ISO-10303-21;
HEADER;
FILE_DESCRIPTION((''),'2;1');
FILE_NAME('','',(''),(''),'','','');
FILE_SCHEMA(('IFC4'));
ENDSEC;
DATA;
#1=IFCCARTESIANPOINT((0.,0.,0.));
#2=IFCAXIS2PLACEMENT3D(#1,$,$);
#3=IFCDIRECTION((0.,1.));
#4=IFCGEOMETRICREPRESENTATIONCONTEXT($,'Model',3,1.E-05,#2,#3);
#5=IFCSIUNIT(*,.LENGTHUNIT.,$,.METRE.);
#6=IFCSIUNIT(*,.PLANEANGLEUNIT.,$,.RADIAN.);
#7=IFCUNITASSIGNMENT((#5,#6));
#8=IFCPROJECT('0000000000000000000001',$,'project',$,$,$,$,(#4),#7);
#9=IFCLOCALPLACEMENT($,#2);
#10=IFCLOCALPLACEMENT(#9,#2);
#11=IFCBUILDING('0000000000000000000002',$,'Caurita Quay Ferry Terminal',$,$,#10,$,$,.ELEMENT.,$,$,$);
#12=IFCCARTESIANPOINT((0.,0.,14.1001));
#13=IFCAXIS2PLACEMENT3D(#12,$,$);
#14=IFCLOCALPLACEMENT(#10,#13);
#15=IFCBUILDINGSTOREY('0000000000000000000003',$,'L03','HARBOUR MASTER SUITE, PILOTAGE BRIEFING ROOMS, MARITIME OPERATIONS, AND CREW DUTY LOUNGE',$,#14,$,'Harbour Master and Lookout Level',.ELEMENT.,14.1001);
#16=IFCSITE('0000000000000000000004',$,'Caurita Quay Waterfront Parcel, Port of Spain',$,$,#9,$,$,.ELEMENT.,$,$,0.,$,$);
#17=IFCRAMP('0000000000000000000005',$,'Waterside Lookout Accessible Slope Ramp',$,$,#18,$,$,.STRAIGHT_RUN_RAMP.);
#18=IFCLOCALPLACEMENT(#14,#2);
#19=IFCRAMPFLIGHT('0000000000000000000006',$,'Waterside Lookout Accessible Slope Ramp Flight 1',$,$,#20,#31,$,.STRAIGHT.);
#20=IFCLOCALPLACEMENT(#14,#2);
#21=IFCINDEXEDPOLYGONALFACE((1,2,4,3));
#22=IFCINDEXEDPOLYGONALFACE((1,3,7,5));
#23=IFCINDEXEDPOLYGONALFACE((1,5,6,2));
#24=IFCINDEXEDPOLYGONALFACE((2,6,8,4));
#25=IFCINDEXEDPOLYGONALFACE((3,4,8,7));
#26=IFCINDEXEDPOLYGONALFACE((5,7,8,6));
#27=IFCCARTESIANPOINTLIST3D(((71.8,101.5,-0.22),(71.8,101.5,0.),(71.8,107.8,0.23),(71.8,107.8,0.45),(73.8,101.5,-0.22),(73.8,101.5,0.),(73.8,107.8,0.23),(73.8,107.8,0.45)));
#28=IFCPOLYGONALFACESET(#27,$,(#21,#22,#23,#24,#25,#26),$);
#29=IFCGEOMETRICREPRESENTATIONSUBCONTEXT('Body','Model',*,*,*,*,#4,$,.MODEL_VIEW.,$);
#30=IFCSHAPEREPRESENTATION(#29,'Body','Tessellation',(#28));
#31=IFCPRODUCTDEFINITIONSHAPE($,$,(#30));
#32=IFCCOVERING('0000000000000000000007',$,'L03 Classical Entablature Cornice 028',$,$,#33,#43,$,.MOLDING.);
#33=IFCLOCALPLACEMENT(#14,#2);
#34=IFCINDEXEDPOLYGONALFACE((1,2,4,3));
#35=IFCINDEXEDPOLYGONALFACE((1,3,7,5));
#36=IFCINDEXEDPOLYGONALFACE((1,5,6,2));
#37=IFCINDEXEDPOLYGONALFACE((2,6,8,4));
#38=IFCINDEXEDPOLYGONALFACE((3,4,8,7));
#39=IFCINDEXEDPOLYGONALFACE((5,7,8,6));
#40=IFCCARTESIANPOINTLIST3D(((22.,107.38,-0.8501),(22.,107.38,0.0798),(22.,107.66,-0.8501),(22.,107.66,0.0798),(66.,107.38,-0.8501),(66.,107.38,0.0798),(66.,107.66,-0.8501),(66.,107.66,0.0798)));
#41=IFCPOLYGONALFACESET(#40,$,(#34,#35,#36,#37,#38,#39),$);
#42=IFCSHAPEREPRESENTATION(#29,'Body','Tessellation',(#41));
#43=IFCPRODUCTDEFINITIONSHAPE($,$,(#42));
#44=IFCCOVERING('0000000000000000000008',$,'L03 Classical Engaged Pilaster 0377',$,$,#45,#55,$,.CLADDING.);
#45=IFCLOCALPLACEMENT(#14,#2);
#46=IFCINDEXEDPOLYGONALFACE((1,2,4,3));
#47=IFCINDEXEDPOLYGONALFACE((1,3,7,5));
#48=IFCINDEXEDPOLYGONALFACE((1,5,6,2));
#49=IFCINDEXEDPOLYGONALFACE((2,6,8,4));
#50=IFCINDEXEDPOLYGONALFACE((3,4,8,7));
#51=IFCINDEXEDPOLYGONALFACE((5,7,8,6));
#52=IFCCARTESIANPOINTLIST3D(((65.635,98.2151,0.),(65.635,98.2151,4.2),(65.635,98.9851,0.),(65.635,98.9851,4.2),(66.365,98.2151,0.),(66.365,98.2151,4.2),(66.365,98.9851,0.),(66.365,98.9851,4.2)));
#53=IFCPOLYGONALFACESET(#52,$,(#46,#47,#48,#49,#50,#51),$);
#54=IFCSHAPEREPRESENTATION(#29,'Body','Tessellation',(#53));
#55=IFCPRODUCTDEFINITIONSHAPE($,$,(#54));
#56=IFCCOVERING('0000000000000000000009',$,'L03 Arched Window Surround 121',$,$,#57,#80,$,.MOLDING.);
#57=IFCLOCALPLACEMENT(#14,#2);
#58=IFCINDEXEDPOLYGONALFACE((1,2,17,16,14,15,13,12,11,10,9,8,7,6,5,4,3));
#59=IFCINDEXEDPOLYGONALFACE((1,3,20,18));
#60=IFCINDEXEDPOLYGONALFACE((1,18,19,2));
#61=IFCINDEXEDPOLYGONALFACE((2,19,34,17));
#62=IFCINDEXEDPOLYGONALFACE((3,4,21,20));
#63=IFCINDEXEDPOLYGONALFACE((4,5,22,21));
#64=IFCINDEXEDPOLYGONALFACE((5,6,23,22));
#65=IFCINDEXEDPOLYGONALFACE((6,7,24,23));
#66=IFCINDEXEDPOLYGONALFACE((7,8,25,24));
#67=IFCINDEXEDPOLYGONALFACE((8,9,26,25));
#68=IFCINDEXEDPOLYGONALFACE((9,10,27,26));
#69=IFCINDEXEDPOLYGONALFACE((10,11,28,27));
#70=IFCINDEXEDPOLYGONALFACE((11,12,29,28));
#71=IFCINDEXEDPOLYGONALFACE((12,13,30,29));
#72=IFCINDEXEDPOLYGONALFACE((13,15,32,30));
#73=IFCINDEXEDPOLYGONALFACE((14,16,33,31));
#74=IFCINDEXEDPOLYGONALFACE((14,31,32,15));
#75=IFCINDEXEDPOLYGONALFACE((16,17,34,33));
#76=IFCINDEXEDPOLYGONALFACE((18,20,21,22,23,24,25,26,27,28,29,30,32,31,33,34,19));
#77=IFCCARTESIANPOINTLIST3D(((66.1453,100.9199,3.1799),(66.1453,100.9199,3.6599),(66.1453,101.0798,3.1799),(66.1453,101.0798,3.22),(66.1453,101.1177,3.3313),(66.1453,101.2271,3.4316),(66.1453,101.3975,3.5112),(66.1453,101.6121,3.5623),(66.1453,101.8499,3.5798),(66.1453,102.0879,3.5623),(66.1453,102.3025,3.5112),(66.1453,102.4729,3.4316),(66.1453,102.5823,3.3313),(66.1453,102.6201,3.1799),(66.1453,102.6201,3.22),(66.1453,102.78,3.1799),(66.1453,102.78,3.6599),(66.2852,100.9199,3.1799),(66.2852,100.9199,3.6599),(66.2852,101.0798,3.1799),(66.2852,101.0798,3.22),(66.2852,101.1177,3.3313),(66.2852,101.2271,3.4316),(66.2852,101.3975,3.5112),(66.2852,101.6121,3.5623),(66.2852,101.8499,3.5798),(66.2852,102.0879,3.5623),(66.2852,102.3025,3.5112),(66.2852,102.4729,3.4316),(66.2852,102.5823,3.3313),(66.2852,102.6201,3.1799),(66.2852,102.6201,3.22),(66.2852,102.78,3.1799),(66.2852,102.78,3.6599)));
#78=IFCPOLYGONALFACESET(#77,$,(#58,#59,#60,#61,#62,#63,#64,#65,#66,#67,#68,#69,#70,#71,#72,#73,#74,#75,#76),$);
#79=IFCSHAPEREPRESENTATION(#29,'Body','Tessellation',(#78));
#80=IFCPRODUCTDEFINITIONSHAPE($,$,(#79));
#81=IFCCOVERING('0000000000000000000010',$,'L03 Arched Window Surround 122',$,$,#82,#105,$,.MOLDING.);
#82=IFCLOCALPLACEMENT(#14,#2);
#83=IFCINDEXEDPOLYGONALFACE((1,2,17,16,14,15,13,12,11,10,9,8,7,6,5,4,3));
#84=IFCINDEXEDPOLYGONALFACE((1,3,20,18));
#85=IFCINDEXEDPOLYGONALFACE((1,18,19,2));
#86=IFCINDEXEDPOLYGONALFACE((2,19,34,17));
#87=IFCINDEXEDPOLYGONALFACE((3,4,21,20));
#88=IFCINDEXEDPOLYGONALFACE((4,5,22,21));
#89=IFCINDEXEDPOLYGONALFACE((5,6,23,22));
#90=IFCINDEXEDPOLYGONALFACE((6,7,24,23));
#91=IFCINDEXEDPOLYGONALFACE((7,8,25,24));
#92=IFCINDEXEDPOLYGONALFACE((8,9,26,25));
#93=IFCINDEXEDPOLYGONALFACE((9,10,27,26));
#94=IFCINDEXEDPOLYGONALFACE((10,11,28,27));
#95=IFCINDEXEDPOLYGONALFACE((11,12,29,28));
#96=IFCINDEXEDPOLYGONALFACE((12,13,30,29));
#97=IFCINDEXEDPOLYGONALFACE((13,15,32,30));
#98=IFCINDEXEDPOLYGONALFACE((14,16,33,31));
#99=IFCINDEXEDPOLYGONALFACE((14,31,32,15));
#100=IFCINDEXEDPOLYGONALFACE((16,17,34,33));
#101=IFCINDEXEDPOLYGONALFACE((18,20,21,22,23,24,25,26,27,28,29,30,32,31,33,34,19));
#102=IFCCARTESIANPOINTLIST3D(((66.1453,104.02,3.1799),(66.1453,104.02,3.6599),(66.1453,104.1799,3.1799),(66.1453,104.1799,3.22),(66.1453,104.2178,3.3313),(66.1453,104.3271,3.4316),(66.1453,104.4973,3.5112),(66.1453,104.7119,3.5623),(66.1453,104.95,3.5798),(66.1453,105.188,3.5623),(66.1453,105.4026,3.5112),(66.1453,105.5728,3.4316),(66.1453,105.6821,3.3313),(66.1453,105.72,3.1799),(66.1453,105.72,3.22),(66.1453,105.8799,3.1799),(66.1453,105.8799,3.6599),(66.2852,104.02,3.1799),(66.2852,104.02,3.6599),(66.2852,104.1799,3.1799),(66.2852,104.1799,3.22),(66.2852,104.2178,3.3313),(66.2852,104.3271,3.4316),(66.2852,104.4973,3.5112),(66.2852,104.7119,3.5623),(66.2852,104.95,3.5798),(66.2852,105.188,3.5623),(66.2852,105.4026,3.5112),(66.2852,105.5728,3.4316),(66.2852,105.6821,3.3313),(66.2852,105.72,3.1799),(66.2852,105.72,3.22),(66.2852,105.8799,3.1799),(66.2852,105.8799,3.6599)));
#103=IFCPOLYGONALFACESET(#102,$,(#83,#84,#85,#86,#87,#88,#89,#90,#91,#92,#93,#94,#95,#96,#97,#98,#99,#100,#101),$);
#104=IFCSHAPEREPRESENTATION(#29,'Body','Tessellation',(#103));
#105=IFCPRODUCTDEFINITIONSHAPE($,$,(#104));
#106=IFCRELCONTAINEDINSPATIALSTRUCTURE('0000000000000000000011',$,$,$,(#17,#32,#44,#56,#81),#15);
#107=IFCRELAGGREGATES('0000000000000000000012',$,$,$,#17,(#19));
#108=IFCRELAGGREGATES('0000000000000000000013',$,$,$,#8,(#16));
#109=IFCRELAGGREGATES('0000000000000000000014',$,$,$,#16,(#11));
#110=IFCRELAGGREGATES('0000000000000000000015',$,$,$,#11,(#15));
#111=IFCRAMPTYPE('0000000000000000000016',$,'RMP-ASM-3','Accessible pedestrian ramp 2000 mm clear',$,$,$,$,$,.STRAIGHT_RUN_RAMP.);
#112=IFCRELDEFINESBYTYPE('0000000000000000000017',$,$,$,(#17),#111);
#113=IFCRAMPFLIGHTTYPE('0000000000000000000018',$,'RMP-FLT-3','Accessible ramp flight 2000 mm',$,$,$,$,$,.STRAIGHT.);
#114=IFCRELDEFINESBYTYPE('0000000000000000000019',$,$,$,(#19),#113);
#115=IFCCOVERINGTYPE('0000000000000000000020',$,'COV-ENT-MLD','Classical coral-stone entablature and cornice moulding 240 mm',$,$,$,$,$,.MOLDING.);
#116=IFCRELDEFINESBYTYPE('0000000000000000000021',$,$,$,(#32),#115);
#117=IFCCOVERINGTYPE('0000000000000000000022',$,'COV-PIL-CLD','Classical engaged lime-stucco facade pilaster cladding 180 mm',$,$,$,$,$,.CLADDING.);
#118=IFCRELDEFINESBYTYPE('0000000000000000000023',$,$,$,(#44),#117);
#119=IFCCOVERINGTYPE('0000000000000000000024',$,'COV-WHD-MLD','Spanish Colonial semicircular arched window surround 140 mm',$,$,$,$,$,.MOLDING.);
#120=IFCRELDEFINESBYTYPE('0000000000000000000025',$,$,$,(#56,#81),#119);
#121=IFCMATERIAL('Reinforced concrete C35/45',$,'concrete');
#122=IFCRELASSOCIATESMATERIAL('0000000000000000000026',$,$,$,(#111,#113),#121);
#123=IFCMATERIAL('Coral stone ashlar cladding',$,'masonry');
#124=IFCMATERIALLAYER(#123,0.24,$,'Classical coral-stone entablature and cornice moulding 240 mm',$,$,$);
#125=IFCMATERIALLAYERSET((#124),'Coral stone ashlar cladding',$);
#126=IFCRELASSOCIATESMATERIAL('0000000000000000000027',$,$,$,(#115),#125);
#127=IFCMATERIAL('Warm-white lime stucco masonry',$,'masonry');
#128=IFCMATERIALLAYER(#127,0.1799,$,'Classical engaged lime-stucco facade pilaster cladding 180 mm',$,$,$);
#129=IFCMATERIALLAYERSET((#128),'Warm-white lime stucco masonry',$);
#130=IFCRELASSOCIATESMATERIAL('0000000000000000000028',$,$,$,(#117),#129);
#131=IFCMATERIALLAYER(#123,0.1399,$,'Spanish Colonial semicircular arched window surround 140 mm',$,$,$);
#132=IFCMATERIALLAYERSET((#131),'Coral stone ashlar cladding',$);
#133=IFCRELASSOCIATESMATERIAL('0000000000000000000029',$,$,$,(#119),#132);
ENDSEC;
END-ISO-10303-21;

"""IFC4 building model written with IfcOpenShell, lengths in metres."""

from ifc_helpers import new_model, si_unit, direction, frame, frame_2d, origin, origin_2d, place, context, subcontext, project, spatial, polyline, rectangle, outline, extrude, material, layer, layer_set, type_object, element, aggregate, save


model = new_model("IFC4")

# Units and contexts
model_context = context("Model", 3, precision=1e-05, world=origin(), true_north=direction((0.0, 1.0)))
body_context = subcontext(model_context, "Body", "Model", "MODEL_VIEW")
ifc_project = project(units=[si_unit("LENGTHUNIT", "METRE"), si_unit("PLANEANGLEUNIT", "RADIAN")], contexts=[model_context])

# Site, building, storey
site_placement = place(None, origin())
site = spatial("IfcSite", under=ifc_project, at=site_placement, Name="Caurita Quay Waterfront Parcel, Port of Spain", CompositionType="ELEMENT", RefElevation=0.0)
building_placement = place(site_placement, origin())
building = spatial("IfcBuilding", under=site, at=building_placement, Name="Caurita Quay Ferry Terminal", CompositionType="ELEMENT")
storey_placement = place(building_placement, frame((0.0, 0.0, 14.1001)))
storey = spatial("IfcBuildingStorey", under=building, at=storey_placement, Name="L03", Description="HARBOUR MASTER SUITE, PILOTAGE BRIEFING ROOMS, MARITIME OPERATIONS, AND CREW DUTY LOUNGE", LongName="Harbour Master and Lookout Level", CompositionType="ELEMENT", Elevation=14.1001)

# Shared definitions
ifc_material_1 = material(Name="Reinforced concrete C35/45", Category="concrete")

# Shared definitions
ifc_material_2 = material(Name="Warm-white lime stucco masonry", Category="masonry")

# Ramp, ramp flight
ramp_type = type_object("IfcRampType", Name="RMP-ASM-3", Description="Accessible pedestrian ramp 2000 mm clear", PredefinedType="STRAIGHT_RUN_RAMP", material=ifc_material_1)
ramp_placement = place(storey_placement, origin())
ramp = element("IfcRamp", 1, at=ramp_placement, inside=storey, type_object=ramp_type, Name="Waterside Lookout Accessible Slope Ramp", PredefinedType="STRAIGHT_RUN_RAMP")
ramp_flight_type = type_object("IfcRampFlightType", Name="RMP-FLT-3", Description="Accessible ramp flight 2000 mm", PredefinedType="STRAIGHT", material=ifc_material_1)
ramp_flight_placement = place(storey_placement, frame((72.8, 101.5, 0.0), z_axis=(0.0, 0.0, 1.0), x_axis=(0.0, 1.0, 0.0)))
ramp_flight = element("IfcRampFlight", 2, at=ramp_flight_placement, type_object=ramp_flight_type, Name="Waterside Lookout Accessible Slope Ramp Flight 1", PredefinedType="STRAIGHT", context=body_context, shape_type="SweptSolid", body=[
    extrude(outline(polyline([(0.0, 0.0), (0.0, -0.22), (6.3, 0.23), (6.3, 0.45), (0.0, 0.0)])), frame((0.0, 1.0, 0.0), z_axis=(0.0, -1.0, 0.0), x_axis=(1.0, 0.0, 0.0)), (0.0, 0.0, 1.0), 2.0),
])
aggregate(ramp, [ramp_flight])

# Coverings
ifc_material_3 = material(Name="Coral stone ashlar cladding", Category="masonry")
ifc_layer_1 = layer(ifc_material_3, 0.24, Name="Classical coral-stone entablature and cornice moulding 240 mm")
ifc_layer_set_1 = layer_set([ifc_layer_1], Name="Coral stone ashlar cladding")
covering_type_1 = type_object("IfcCoveringType", Name="COV-ENT-MLD", Description="Classical coral-stone entablature and cornice moulding 240 mm", PredefinedType="MOLDING", material=ifc_layer_set_1)
covering_1_placement = place(storey_placement, frame((66.0, 107.52, -0.8501), z_axis=(0.0, 0.0, 1.0), x_axis=(-1.0, 0.0, 0.0)))
element("IfcCovering", 3, at=covering_1_placement, inside=storey, type_object=covering_type_1, Name="L03 Classical Entablature Cornice 028", PredefinedType="MOLDING", context=body_context, shape_type="SweptSolid", body=[
    extrude(rectangle(XDim=44.0, YDim=0.28, at=frame_2d((22.0, 0.0))), origin(), (0.0, 0.0, 1.0), 0.9299),
])
ifc_layer_2 = layer(ifc_material_2, 0.1799, Name="Classical engaged lime-stucco facade pilaster cladding 180 mm")
ifc_layer_set_2 = layer_set([ifc_layer_2], Name="Warm-white lime stucco masonry")
covering_type_2 = type_object("IfcCoveringType", Name="COV-PIL-CLD", Description="Classical engaged lime-stucco facade pilaster cladding 180 mm", PredefinedType="CLADDING", material=ifc_layer_set_2)
covering_2_placement = place(storey_placement, frame((66.0, 98.6001, 0.0), z_axis=(0.0, 0.0, 1.0), x_axis=(1.0, 0.0, 0.0)))
element("IfcCovering", 4, at=covering_2_placement, inside=storey, type_object=covering_type_2, Name="L03 Classical Engaged Pilaster 0377", PredefinedType="CLADDING", context=body_context, shape_type="SweptSolid", body=[
    extrude(rectangle(XDim=0.73, YDim=0.77, at=origin_2d()), origin(), (0.0, 0.0, 1.0), 4.2),
])
ifc_layer_3 = layer(ifc_material_3, 0.1399, Name="Spanish Colonial semicircular arched window surround 140 mm")
ifc_layer_set_3 = layer_set([ifc_layer_3], Name="Coral stone ashlar cladding")
covering_type_3 = type_object("IfcCoveringType", Name="COV-WHD-MLD", Description="Spanish Colonial semicircular arched window surround 140 mm", PredefinedType="MOLDING", material=ifc_layer_set_3)
covering_3_placement = place(storey_placement, frame((66.2151, 100.9199, 3.1799), z_axis=(0.0, 0.0, 1.0), x_axis=(0.0, 1.0, 0.0)))
element("IfcCovering", 5, at=covering_3_placement, inside=storey, type_object=covering_type_3, Name="L03 Arched Window Surround 121", PredefinedType="MOLDING", context=body_context, shape_type="SweptSolid", body=[
    extrude(outline(polyline([(0.0, 0.0), (0.1599, 0.0), (0.1599, 0.04), (0.1978, 0.1514), (0.3071, 0.2517), (0.4775, 0.3313), (0.6921, 0.3823), (0.9299, 0.3999), (1.168, 0.3823), (1.3826, 0.3313), (1.553, 0.2517), (1.6624, 0.1514), (1.7002, 0.04), (1.7002, 0.0), (1.8601, 0.0), (1.8601, 0.48), (0.0, 0.48), (0.0, 0.0)])), frame((0.0, 0.0698, 0.0), z_axis=(0.0, -1.0, 0.0), x_axis=(1.0, 0.0, 0.0)), (0.0, 0.0, 1.0), 0.1399),
])
covering_4_placement = place(storey_placement, frame((66.2151, 104.02, 3.1799), z_axis=(0.0, 0.0, 1.0), x_axis=(0.0, 1.0, 0.0)))
element("IfcCovering", 6, at=covering_4_placement, inside=storey, type_object=covering_type_3, Name="L03 Arched Window Surround 122", PredefinedType="MOLDING", context=body_context, shape_type="SweptSolid", body=[
    extrude(outline(polyline([(0.0, 0.0), (0.1599, 0.0), (0.1599, 0.04), (0.1978, 0.1514), (0.3071, 0.2517), (0.4773, 0.3313), (0.6919, 0.3823), (0.9299, 0.3999), (1.168, 0.3823), (1.3826, 0.3313), (1.5527, 0.2517), (1.6621, 0.1514), (1.7, 0.04), (1.7, 0.0), (1.8599, 0.0), (1.8599, 0.48), (0.0, 0.48), (0.0, 0.0)])), frame((0.0, 0.0698, 0.0), z_axis=(0.0, -1.0, 0.0), x_axis=(1.0, 0.0, 0.0)), (0.0, 0.0, 1.0), 0.1399),
])

save(model, "model.ifc")
